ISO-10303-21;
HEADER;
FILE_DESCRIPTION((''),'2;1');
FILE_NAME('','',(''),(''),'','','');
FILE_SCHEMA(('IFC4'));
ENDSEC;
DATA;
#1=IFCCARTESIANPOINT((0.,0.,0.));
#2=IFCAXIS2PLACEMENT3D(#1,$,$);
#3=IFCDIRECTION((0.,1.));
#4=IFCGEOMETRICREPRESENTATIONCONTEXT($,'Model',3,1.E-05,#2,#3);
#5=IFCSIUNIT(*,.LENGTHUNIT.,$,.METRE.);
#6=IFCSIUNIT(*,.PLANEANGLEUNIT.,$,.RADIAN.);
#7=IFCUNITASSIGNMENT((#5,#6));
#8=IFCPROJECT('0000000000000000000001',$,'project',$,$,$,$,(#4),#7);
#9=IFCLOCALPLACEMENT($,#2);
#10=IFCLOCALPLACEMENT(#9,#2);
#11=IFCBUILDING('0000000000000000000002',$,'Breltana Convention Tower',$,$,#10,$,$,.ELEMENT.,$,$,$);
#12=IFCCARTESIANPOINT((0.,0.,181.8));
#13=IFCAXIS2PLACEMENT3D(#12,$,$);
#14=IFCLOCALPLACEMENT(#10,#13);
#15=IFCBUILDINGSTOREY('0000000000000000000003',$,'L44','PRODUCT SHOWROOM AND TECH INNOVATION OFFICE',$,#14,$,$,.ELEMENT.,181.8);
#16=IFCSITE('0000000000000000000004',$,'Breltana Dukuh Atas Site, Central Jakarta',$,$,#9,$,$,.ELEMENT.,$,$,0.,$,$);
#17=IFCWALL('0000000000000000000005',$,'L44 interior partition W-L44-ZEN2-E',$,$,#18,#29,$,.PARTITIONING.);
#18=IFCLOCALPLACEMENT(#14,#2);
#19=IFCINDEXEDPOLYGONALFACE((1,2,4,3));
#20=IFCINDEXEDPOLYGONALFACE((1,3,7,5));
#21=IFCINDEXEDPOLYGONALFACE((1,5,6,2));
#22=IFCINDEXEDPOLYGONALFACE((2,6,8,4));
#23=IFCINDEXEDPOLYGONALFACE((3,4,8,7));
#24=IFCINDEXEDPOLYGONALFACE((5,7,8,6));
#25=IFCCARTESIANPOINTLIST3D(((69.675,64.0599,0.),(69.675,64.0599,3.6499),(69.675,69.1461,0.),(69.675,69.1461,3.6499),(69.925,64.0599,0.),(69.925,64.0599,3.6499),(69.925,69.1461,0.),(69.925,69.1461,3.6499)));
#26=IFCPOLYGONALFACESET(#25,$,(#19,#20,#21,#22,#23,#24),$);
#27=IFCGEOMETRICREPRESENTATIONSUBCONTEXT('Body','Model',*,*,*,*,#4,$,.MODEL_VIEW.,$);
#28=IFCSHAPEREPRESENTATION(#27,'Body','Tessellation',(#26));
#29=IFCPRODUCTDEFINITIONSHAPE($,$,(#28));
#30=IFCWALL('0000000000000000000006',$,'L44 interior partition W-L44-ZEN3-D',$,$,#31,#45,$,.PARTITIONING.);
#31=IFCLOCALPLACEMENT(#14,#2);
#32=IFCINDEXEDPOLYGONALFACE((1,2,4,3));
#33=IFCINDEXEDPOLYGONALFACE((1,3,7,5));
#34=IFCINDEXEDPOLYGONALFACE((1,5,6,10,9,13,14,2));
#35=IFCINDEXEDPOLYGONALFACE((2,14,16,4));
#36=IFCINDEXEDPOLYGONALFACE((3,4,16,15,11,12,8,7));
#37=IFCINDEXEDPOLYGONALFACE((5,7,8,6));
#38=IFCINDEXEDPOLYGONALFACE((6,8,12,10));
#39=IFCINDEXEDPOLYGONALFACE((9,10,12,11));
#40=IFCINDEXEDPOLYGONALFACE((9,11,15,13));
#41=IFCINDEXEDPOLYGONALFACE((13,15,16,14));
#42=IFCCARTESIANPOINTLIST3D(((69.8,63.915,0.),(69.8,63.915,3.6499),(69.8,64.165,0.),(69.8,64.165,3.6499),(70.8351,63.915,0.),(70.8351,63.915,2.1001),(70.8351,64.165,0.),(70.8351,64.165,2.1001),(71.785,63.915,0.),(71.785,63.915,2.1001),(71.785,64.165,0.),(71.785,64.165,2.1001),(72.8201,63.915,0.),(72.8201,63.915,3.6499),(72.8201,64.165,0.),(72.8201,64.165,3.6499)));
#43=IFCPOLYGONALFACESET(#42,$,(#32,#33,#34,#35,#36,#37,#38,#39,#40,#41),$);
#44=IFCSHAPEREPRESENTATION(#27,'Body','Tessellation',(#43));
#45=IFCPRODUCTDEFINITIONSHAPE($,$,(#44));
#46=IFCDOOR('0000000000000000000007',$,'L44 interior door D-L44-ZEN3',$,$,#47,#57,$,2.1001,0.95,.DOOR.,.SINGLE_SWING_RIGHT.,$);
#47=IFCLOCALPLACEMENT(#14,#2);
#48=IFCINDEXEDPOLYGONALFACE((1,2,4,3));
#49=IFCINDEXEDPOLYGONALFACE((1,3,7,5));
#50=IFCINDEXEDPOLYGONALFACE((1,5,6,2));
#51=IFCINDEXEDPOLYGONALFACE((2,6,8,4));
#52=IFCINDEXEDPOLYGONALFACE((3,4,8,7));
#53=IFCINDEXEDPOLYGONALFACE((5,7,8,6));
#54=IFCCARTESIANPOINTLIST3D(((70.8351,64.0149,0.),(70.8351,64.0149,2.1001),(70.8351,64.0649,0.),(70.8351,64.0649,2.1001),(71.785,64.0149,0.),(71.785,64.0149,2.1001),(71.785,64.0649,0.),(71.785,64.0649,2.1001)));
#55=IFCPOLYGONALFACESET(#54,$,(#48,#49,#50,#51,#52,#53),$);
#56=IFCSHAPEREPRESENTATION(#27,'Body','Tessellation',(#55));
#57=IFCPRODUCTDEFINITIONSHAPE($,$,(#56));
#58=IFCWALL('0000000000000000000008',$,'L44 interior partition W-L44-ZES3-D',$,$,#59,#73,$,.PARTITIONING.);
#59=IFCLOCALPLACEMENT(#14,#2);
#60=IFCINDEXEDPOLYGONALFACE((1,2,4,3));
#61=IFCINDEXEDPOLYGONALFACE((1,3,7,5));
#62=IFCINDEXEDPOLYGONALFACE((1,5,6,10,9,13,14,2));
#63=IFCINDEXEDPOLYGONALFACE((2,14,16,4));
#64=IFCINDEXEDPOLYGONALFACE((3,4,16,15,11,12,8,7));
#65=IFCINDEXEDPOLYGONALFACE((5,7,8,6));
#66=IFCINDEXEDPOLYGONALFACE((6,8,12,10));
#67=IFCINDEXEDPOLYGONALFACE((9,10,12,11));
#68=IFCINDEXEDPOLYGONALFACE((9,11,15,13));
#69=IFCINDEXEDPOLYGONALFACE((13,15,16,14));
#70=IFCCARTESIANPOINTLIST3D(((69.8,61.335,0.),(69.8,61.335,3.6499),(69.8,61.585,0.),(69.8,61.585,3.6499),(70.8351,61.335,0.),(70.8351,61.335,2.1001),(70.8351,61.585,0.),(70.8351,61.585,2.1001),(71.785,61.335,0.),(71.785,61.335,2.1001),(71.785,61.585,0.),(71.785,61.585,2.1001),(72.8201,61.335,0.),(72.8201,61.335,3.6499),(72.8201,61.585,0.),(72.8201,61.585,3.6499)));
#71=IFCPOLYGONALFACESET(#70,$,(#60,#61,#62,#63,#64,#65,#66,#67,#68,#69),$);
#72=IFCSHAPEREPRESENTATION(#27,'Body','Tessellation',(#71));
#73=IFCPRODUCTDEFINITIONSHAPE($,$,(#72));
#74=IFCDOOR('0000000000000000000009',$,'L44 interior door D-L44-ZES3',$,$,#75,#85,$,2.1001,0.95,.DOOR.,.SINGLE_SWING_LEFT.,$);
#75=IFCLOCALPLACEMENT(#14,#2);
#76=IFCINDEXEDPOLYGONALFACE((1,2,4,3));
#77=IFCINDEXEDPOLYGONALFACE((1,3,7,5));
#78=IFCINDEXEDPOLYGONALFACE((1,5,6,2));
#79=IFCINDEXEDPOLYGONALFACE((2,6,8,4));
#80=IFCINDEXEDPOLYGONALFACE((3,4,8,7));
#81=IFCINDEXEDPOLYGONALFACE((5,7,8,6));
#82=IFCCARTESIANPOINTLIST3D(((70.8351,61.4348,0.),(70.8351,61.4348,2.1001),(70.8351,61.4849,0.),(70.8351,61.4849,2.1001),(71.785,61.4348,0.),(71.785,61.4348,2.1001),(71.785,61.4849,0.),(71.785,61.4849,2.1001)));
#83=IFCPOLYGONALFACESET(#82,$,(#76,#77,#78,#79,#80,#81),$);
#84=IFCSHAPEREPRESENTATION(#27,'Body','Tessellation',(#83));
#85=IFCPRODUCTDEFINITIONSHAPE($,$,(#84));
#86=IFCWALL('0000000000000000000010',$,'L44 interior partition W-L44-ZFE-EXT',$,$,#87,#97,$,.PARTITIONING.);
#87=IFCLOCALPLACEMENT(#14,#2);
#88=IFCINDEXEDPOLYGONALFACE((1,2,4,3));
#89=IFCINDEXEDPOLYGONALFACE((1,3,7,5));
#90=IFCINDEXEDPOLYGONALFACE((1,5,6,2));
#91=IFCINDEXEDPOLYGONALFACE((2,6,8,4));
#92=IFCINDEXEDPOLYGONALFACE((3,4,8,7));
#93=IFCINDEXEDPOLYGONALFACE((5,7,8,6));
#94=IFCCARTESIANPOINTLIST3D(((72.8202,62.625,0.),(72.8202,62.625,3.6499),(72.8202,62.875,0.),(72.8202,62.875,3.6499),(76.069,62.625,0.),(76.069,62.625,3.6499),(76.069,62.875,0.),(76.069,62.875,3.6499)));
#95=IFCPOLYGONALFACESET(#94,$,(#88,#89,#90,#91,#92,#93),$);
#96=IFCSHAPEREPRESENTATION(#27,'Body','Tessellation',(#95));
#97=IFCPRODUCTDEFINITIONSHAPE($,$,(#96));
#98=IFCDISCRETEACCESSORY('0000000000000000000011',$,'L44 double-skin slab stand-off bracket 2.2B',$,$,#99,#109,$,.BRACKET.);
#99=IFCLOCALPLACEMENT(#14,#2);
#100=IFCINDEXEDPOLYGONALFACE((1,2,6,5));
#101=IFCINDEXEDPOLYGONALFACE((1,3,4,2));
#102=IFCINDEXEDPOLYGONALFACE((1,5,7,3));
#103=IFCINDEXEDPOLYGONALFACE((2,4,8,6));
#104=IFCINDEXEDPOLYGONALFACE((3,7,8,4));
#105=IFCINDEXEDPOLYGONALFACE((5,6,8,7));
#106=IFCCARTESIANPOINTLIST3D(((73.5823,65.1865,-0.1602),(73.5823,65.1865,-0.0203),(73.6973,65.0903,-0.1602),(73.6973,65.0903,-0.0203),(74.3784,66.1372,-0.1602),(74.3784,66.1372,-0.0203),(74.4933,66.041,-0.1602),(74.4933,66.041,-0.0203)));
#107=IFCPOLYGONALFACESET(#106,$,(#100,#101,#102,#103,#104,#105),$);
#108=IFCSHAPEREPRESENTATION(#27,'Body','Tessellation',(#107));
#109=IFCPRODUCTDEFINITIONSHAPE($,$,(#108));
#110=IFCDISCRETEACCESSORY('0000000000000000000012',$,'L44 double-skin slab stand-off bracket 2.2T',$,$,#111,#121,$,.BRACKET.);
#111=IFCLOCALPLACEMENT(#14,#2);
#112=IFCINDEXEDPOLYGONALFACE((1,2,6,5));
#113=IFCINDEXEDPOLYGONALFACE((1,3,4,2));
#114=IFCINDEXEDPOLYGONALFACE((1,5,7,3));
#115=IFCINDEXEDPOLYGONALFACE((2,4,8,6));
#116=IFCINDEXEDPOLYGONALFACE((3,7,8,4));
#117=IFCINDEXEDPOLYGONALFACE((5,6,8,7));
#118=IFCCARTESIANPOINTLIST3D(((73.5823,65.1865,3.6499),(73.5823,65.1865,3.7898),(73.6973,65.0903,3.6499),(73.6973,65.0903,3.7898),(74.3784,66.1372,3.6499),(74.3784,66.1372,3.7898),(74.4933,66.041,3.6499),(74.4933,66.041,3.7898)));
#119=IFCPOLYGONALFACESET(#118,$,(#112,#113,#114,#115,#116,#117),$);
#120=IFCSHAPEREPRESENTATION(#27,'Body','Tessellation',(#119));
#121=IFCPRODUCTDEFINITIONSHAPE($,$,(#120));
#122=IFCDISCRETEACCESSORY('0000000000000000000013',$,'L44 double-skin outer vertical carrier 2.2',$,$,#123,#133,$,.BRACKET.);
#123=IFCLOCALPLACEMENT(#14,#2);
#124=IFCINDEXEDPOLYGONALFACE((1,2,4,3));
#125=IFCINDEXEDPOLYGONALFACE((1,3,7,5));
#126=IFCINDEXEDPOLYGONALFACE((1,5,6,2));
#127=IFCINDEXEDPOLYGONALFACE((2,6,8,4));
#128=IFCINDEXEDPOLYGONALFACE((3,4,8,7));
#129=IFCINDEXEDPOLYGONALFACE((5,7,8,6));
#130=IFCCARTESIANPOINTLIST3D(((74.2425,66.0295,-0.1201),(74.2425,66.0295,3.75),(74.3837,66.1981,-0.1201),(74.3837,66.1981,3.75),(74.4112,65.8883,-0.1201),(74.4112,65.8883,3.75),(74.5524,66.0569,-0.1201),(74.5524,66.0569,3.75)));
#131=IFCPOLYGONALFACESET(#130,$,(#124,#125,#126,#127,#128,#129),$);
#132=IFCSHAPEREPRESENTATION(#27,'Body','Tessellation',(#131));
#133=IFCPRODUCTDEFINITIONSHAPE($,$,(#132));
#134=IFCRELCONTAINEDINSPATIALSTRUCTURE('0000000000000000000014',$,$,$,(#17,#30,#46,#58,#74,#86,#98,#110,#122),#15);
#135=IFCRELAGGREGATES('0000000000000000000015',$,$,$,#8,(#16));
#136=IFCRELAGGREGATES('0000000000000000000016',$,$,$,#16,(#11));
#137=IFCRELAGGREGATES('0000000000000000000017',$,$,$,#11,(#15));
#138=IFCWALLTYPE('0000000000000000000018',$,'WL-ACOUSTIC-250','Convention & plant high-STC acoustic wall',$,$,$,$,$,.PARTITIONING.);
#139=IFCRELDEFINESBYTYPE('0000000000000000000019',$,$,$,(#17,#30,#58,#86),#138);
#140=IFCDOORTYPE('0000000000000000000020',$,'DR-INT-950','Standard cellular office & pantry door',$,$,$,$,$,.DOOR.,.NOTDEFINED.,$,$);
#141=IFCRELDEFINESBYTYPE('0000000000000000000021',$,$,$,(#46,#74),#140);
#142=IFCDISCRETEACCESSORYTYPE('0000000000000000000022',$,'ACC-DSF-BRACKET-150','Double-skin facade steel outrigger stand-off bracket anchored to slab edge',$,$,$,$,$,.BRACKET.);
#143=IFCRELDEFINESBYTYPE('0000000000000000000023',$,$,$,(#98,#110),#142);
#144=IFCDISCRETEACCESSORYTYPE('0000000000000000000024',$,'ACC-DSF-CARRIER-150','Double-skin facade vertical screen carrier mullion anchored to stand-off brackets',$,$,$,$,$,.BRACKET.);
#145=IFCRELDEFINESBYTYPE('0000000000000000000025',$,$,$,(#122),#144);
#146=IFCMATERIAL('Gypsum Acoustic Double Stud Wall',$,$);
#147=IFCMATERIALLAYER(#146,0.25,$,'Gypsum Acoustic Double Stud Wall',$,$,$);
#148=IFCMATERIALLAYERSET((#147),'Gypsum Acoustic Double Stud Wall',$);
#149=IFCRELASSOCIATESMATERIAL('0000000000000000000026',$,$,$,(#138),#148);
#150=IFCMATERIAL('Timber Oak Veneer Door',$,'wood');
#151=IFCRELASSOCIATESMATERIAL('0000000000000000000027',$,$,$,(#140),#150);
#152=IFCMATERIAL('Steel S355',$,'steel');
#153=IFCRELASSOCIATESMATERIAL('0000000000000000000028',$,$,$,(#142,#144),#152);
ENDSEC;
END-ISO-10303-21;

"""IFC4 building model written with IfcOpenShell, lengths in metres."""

from ifc_helpers import new_model, si_unit, direction, frame, frame_2d, origin, origin_2d, place, context, subcontext, project, spatial, rectangle, extrude, source, transform, mapped, material, layer, layer_set, type_object, type_shapes, element, fill, save


model = new_model("IFC4")

# Units and contexts
model_context = context("Model", 3, precision=1e-05, world=origin(), true_north=direction((0.0, 1.0)))
body_context = subcontext(model_context, "Body", "Model", "MODEL_VIEW")
ifc_project = project(units=[si_unit("LENGTHUNIT", "METRE"), si_unit("PLANEANGLEUNIT", "RADIAN")], contexts=[model_context])

# Site, building, storey
site_placement = place(None, origin())
site = spatial("IfcSite", under=ifc_project, at=site_placement, Name="Breltana Dukuh Atas Site, Central Jakarta", CompositionType="ELEMENT", RefElevation=0.0)
building_placement = place(site_placement, origin())
building = spatial("IfcBuilding", under=site, at=building_placement, Name="Breltana Convention Tower", CompositionType="ELEMENT")
storey_placement = place(building_placement, frame((0.0, 0.0, 181.8)))
storey = spatial("IfcBuildingStorey", under=building, at=storey_placement, Name="L44", Description="PRODUCT SHOWROOM AND TECH INNOVATION OFFICE", CompositionType="ELEMENT", Elevation=181.8)

# Wall
ifc_material_1 = material(Name="Gypsum Acoustic Double Stud Wall")
ifc_layer_1 = layer(ifc_material_1, 0.25, Name="Gypsum Acoustic Double Stud Wall")
ifc_layer_set_1 = layer_set([ifc_layer_1], Name="Gypsum Acoustic Double Stud Wall")
wall_type_1 = type_object("IfcWallType", Name="WL-ACOUSTIC-250", Description="Convention & plant high-STC acoustic wall", PredefinedType="PARTITIONING", material=ifc_layer_set_1)
shared_shape_1 = source(origin(), body_context, "Body", "SweptSolid", [
    extrude(rectangle(XDim=5.0862, YDim=0.25, at=frame_2d((2.543, 0.0))), origin(), (0.0, 0.0, 1.0), 3.6499),
])
wall_1_placement = place(storey_placement, frame((69.8, 64.0601, 0.0), z_axis=(0.0, 0.0, 1.0), x_axis=(0.0, 1.0, 0.0)))
element("IfcWall", 1, at=wall_1_placement, inside=storey, type_object=wall_type_1, Name="L44 interior partition W-L44-ZEN2-E", PredefinedType="PARTITIONING", context=body_context, shape_type="MappedRepresentation", body=[
    mapped(shared_shape_1, transform((0.0, 0.0, 0.0), scale=1.0)),
])

# Walls, openings, doors
shared_shape_2 = source(origin(), body_context, "Body", "SweptSolid", [
    extrude(rectangle(XDim=3.02, YDim=0.25, at=frame_2d((1.51, 0.0))), origin(), (0.0, 0.0, 1.0), 3.6499),
])
wall_2_placement = place(storey_placement, frame((69.8, 64.04, 0.0), z_axis=(0.0, 0.0, 1.0), x_axis=(1.0, 0.0, 0.0)))
wall_2 = element("IfcWall", 2, at=wall_2_placement, inside=storey, type_object=wall_type_1, Name="L44 interior partition W-L44-ZEN3-D", PredefinedType="PARTITIONING", context=body_context, shape_type="MappedRepresentation", body=[
    mapped(shared_shape_2, transform((0.0, 0.0, 0.0), scale=1.0)),
])
opening_1_placement = place(wall_2_placement, frame((1.0349, 0.0, 0.0)))
opening_1 = element("IfcOpeningElement", 3, at=opening_1_placement, cuts=wall_2, PredefinedType="OPENING", context=body_context, shape_type="SweptSolid", body=[
    extrude(rectangle(XDim=0.95, YDim=2.1001, at=frame_2d((0.4751, 1.05))), frame((0.0, 0.135, 0.0), z_axis=(0.0, -1.0, 0.0), x_axis=(1.0, 0.0, 0.0)), (0.0, 0.0, 1.0), 0.27),
])
ifc_material_2 = material(Name="Timber Oak Veneer Door", Category="wood")
door_type = type_object("IfcDoorType", Name="DR-INT-950", Description="Standard cellular office & pantry door", OperationType="NOTDEFINED", PredefinedType="DOOR", material=ifc_material_2)
shared_shape_3 = source(origin(), body_context, "Body", "SweptSolid", [
    extrude(rectangle(XDim=0.95, YDim=2.1001, at=frame_2d((0.4751, 1.05))), frame((0.0, 0.0249, 0.0), z_axis=(0.0, -1.0, 0.0), x_axis=(1.0, 0.0, 0.0)), (0.0, 0.0, 1.0), 0.05),
])
type_shapes(door_type, [shared_shape_3])
door_1_placement = place(opening_1_placement, origin())
door_1 = element("IfcDoor", 4, at=door_1_placement, inside=storey, type_object=door_type, Name="L44 interior door D-L44-ZEN3", OperationType="SINGLE_SWING_RIGHT", OverallHeight=2.1001, OverallWidth=0.95, PredefinedType="DOOR", context=body_context, shape_type="MappedRepresentation", body=[
    mapped(shared_shape_3, transform((0.0, 0.0, 0.0), scale=1.0)),
])
fill(opening_1, door_1)
wall_3_placement = place(storey_placement, frame((69.8, 61.46, 0.0), z_axis=(0.0, 0.0, 1.0), x_axis=(1.0, 0.0, 0.0)))
wall_3 = element("IfcWall", 5, at=wall_3_placement, inside=storey, type_object=wall_type_1, Name="L44 interior partition W-L44-ZES3-D", PredefinedType="PARTITIONING", context=body_context, shape_type="MappedRepresentation", body=[
    mapped(shared_shape_2, transform((0.0, 0.0, 0.0), scale=1.0)),
])
opening_2_placement = place(wall_3_placement, frame((1.0349, 0.0, 0.0)))
opening_2 = element("IfcOpeningElement", 6, at=opening_2_placement, cuts=wall_3, PredefinedType="OPENING", context=body_context, shape_type="SweptSolid", body=[
    extrude(rectangle(XDim=0.95, YDim=2.1001, at=frame_2d((0.4751, 1.05))), frame((0.0, 0.135, 0.0), z_axis=(0.0, -1.0, 0.0), x_axis=(1.0, 0.0, 0.0)), (0.0, 0.0, 1.0), 0.27),
])
door_2_placement = place(opening_2_placement, origin())
door_2 = element("IfcDoor", 7, at=door_2_placement, inside=storey, type_object=door_type, Name="L44 interior door D-L44-ZES3", OperationType="SINGLE_SWING_LEFT", OverallHeight=2.1001, OverallWidth=0.95, PredefinedType="DOOR", context=body_context, shape_type="MappedRepresentation", body=[
    mapped(shared_shape_3, transform((0.0, 0.0, 0.0), scale=1.0)),
])
fill(opening_2, door_2)

# Wall
shared_shape_4 = source(origin(), body_context, "Body", "SweptSolid", [
    extrude(rectangle(XDim=3.2488, YDim=0.25, at=frame_2d((1.6245, 0.0))), origin(), (0.0, 0.0, 1.0), 3.6499),
])
wall_4_placement = place(storey_placement, frame((72.8201, 62.75, 0.0), z_axis=(0.0, 0.0, 1.0), x_axis=(1.0, 0.0, 0.0)))
element("IfcWall", 8, at=wall_4_placement, inside=storey, type_object=wall_type_1, Name="L44 interior partition W-L44-ZFE-EXT", PredefinedType="PARTITIONING", context=body_context, shape_type="MappedRepresentation", body=[
    mapped(shared_shape_4, transform((0.0, 0.0, 0.0), scale=1.0)),
])

# Discrete accessories
ifc_material_3 = material(Name="Steel S355", Category="steel")
discrete_accessory_type_1 = type_object("IfcDiscreteAccessoryType", Name="ACC-DSF-BRACKET-150", Description="Double-skin facade steel outrigger stand-off bracket anchored to slab edge", PredefinedType="BRACKET", material=ifc_material_3)
shared_shape_5 = source(origin(), body_context, "Body", "SweptSolid", [
    extrude(rectangle(XDim=1.24, YDim=0.1499, at=origin_2d()), origin(), (0.0, 0.0, 1.0), 0.1399),
])
type_shapes(discrete_accessory_type_1, [shared_shape_5])
for number, where, z_axis, x_axis, name in (
    (9, (74.0378, 65.6138, -0.1602), (0.0, 0.0, 1.0), (0.641989, 0.766714, 0.0), "L44 double-skin slab stand-off bracket 2.2B"),
    (10, (74.0378, 65.6138, 3.6499), (0.0, 0.0, 1.0), (0.641989, 0.766714, 0.0), "L44 double-skin slab stand-off bracket 2.2T"),
):
    element("IfcDiscreteAccessory", number, at=place(storey_placement, frame(where, z_axis=z_axis, x_axis=x_axis)), inside=storey, type_object=discrete_accessory_type_1, Name=name, PredefinedType="BRACKET", context=body_context, shape_type="MappedRepresentation", body=[
        mapped(shared_shape_5, transform((0.0, 0.0, 0.0), scale=1.0)),
    ])
discrete_accessory_type_2 = type_object("IfcDiscreteAccessoryType", Name="ACC-DSF-CARRIER-150", Description="Double-skin facade vertical screen carrier mullion anchored to stand-off brackets", PredefinedType="BRACKET", material=ifc_material_3)
shared_shape_6 = source(origin(), body_context, "Body", "SweptSolid", [
    extrude(rectangle(XDim=0.22, YDim=0.22, at=origin_2d()), origin(), (0.0, 0.0, 1.0), 3.8701),
])
discrete_accessory_placement = place(storey_placement, frame((74.3975, 66.0432, -0.1201), z_axis=(0.0, 0.0, 1.0), x_axis=(0.641989, 0.766714, 0.0)))
element("IfcDiscreteAccessory", 11, at=discrete_accessory_placement, inside=storey, type_object=discrete_accessory_type_2, Name="L44 double-skin outer vertical carrier 2.2", PredefinedType="BRACKET", context=body_context, shape_type="MappedRepresentation", body=[
    mapped(shared_shape_6, transform((0.0, 0.0, 0.0), scale=1.0)),
])

save(model, "model.ifc")
